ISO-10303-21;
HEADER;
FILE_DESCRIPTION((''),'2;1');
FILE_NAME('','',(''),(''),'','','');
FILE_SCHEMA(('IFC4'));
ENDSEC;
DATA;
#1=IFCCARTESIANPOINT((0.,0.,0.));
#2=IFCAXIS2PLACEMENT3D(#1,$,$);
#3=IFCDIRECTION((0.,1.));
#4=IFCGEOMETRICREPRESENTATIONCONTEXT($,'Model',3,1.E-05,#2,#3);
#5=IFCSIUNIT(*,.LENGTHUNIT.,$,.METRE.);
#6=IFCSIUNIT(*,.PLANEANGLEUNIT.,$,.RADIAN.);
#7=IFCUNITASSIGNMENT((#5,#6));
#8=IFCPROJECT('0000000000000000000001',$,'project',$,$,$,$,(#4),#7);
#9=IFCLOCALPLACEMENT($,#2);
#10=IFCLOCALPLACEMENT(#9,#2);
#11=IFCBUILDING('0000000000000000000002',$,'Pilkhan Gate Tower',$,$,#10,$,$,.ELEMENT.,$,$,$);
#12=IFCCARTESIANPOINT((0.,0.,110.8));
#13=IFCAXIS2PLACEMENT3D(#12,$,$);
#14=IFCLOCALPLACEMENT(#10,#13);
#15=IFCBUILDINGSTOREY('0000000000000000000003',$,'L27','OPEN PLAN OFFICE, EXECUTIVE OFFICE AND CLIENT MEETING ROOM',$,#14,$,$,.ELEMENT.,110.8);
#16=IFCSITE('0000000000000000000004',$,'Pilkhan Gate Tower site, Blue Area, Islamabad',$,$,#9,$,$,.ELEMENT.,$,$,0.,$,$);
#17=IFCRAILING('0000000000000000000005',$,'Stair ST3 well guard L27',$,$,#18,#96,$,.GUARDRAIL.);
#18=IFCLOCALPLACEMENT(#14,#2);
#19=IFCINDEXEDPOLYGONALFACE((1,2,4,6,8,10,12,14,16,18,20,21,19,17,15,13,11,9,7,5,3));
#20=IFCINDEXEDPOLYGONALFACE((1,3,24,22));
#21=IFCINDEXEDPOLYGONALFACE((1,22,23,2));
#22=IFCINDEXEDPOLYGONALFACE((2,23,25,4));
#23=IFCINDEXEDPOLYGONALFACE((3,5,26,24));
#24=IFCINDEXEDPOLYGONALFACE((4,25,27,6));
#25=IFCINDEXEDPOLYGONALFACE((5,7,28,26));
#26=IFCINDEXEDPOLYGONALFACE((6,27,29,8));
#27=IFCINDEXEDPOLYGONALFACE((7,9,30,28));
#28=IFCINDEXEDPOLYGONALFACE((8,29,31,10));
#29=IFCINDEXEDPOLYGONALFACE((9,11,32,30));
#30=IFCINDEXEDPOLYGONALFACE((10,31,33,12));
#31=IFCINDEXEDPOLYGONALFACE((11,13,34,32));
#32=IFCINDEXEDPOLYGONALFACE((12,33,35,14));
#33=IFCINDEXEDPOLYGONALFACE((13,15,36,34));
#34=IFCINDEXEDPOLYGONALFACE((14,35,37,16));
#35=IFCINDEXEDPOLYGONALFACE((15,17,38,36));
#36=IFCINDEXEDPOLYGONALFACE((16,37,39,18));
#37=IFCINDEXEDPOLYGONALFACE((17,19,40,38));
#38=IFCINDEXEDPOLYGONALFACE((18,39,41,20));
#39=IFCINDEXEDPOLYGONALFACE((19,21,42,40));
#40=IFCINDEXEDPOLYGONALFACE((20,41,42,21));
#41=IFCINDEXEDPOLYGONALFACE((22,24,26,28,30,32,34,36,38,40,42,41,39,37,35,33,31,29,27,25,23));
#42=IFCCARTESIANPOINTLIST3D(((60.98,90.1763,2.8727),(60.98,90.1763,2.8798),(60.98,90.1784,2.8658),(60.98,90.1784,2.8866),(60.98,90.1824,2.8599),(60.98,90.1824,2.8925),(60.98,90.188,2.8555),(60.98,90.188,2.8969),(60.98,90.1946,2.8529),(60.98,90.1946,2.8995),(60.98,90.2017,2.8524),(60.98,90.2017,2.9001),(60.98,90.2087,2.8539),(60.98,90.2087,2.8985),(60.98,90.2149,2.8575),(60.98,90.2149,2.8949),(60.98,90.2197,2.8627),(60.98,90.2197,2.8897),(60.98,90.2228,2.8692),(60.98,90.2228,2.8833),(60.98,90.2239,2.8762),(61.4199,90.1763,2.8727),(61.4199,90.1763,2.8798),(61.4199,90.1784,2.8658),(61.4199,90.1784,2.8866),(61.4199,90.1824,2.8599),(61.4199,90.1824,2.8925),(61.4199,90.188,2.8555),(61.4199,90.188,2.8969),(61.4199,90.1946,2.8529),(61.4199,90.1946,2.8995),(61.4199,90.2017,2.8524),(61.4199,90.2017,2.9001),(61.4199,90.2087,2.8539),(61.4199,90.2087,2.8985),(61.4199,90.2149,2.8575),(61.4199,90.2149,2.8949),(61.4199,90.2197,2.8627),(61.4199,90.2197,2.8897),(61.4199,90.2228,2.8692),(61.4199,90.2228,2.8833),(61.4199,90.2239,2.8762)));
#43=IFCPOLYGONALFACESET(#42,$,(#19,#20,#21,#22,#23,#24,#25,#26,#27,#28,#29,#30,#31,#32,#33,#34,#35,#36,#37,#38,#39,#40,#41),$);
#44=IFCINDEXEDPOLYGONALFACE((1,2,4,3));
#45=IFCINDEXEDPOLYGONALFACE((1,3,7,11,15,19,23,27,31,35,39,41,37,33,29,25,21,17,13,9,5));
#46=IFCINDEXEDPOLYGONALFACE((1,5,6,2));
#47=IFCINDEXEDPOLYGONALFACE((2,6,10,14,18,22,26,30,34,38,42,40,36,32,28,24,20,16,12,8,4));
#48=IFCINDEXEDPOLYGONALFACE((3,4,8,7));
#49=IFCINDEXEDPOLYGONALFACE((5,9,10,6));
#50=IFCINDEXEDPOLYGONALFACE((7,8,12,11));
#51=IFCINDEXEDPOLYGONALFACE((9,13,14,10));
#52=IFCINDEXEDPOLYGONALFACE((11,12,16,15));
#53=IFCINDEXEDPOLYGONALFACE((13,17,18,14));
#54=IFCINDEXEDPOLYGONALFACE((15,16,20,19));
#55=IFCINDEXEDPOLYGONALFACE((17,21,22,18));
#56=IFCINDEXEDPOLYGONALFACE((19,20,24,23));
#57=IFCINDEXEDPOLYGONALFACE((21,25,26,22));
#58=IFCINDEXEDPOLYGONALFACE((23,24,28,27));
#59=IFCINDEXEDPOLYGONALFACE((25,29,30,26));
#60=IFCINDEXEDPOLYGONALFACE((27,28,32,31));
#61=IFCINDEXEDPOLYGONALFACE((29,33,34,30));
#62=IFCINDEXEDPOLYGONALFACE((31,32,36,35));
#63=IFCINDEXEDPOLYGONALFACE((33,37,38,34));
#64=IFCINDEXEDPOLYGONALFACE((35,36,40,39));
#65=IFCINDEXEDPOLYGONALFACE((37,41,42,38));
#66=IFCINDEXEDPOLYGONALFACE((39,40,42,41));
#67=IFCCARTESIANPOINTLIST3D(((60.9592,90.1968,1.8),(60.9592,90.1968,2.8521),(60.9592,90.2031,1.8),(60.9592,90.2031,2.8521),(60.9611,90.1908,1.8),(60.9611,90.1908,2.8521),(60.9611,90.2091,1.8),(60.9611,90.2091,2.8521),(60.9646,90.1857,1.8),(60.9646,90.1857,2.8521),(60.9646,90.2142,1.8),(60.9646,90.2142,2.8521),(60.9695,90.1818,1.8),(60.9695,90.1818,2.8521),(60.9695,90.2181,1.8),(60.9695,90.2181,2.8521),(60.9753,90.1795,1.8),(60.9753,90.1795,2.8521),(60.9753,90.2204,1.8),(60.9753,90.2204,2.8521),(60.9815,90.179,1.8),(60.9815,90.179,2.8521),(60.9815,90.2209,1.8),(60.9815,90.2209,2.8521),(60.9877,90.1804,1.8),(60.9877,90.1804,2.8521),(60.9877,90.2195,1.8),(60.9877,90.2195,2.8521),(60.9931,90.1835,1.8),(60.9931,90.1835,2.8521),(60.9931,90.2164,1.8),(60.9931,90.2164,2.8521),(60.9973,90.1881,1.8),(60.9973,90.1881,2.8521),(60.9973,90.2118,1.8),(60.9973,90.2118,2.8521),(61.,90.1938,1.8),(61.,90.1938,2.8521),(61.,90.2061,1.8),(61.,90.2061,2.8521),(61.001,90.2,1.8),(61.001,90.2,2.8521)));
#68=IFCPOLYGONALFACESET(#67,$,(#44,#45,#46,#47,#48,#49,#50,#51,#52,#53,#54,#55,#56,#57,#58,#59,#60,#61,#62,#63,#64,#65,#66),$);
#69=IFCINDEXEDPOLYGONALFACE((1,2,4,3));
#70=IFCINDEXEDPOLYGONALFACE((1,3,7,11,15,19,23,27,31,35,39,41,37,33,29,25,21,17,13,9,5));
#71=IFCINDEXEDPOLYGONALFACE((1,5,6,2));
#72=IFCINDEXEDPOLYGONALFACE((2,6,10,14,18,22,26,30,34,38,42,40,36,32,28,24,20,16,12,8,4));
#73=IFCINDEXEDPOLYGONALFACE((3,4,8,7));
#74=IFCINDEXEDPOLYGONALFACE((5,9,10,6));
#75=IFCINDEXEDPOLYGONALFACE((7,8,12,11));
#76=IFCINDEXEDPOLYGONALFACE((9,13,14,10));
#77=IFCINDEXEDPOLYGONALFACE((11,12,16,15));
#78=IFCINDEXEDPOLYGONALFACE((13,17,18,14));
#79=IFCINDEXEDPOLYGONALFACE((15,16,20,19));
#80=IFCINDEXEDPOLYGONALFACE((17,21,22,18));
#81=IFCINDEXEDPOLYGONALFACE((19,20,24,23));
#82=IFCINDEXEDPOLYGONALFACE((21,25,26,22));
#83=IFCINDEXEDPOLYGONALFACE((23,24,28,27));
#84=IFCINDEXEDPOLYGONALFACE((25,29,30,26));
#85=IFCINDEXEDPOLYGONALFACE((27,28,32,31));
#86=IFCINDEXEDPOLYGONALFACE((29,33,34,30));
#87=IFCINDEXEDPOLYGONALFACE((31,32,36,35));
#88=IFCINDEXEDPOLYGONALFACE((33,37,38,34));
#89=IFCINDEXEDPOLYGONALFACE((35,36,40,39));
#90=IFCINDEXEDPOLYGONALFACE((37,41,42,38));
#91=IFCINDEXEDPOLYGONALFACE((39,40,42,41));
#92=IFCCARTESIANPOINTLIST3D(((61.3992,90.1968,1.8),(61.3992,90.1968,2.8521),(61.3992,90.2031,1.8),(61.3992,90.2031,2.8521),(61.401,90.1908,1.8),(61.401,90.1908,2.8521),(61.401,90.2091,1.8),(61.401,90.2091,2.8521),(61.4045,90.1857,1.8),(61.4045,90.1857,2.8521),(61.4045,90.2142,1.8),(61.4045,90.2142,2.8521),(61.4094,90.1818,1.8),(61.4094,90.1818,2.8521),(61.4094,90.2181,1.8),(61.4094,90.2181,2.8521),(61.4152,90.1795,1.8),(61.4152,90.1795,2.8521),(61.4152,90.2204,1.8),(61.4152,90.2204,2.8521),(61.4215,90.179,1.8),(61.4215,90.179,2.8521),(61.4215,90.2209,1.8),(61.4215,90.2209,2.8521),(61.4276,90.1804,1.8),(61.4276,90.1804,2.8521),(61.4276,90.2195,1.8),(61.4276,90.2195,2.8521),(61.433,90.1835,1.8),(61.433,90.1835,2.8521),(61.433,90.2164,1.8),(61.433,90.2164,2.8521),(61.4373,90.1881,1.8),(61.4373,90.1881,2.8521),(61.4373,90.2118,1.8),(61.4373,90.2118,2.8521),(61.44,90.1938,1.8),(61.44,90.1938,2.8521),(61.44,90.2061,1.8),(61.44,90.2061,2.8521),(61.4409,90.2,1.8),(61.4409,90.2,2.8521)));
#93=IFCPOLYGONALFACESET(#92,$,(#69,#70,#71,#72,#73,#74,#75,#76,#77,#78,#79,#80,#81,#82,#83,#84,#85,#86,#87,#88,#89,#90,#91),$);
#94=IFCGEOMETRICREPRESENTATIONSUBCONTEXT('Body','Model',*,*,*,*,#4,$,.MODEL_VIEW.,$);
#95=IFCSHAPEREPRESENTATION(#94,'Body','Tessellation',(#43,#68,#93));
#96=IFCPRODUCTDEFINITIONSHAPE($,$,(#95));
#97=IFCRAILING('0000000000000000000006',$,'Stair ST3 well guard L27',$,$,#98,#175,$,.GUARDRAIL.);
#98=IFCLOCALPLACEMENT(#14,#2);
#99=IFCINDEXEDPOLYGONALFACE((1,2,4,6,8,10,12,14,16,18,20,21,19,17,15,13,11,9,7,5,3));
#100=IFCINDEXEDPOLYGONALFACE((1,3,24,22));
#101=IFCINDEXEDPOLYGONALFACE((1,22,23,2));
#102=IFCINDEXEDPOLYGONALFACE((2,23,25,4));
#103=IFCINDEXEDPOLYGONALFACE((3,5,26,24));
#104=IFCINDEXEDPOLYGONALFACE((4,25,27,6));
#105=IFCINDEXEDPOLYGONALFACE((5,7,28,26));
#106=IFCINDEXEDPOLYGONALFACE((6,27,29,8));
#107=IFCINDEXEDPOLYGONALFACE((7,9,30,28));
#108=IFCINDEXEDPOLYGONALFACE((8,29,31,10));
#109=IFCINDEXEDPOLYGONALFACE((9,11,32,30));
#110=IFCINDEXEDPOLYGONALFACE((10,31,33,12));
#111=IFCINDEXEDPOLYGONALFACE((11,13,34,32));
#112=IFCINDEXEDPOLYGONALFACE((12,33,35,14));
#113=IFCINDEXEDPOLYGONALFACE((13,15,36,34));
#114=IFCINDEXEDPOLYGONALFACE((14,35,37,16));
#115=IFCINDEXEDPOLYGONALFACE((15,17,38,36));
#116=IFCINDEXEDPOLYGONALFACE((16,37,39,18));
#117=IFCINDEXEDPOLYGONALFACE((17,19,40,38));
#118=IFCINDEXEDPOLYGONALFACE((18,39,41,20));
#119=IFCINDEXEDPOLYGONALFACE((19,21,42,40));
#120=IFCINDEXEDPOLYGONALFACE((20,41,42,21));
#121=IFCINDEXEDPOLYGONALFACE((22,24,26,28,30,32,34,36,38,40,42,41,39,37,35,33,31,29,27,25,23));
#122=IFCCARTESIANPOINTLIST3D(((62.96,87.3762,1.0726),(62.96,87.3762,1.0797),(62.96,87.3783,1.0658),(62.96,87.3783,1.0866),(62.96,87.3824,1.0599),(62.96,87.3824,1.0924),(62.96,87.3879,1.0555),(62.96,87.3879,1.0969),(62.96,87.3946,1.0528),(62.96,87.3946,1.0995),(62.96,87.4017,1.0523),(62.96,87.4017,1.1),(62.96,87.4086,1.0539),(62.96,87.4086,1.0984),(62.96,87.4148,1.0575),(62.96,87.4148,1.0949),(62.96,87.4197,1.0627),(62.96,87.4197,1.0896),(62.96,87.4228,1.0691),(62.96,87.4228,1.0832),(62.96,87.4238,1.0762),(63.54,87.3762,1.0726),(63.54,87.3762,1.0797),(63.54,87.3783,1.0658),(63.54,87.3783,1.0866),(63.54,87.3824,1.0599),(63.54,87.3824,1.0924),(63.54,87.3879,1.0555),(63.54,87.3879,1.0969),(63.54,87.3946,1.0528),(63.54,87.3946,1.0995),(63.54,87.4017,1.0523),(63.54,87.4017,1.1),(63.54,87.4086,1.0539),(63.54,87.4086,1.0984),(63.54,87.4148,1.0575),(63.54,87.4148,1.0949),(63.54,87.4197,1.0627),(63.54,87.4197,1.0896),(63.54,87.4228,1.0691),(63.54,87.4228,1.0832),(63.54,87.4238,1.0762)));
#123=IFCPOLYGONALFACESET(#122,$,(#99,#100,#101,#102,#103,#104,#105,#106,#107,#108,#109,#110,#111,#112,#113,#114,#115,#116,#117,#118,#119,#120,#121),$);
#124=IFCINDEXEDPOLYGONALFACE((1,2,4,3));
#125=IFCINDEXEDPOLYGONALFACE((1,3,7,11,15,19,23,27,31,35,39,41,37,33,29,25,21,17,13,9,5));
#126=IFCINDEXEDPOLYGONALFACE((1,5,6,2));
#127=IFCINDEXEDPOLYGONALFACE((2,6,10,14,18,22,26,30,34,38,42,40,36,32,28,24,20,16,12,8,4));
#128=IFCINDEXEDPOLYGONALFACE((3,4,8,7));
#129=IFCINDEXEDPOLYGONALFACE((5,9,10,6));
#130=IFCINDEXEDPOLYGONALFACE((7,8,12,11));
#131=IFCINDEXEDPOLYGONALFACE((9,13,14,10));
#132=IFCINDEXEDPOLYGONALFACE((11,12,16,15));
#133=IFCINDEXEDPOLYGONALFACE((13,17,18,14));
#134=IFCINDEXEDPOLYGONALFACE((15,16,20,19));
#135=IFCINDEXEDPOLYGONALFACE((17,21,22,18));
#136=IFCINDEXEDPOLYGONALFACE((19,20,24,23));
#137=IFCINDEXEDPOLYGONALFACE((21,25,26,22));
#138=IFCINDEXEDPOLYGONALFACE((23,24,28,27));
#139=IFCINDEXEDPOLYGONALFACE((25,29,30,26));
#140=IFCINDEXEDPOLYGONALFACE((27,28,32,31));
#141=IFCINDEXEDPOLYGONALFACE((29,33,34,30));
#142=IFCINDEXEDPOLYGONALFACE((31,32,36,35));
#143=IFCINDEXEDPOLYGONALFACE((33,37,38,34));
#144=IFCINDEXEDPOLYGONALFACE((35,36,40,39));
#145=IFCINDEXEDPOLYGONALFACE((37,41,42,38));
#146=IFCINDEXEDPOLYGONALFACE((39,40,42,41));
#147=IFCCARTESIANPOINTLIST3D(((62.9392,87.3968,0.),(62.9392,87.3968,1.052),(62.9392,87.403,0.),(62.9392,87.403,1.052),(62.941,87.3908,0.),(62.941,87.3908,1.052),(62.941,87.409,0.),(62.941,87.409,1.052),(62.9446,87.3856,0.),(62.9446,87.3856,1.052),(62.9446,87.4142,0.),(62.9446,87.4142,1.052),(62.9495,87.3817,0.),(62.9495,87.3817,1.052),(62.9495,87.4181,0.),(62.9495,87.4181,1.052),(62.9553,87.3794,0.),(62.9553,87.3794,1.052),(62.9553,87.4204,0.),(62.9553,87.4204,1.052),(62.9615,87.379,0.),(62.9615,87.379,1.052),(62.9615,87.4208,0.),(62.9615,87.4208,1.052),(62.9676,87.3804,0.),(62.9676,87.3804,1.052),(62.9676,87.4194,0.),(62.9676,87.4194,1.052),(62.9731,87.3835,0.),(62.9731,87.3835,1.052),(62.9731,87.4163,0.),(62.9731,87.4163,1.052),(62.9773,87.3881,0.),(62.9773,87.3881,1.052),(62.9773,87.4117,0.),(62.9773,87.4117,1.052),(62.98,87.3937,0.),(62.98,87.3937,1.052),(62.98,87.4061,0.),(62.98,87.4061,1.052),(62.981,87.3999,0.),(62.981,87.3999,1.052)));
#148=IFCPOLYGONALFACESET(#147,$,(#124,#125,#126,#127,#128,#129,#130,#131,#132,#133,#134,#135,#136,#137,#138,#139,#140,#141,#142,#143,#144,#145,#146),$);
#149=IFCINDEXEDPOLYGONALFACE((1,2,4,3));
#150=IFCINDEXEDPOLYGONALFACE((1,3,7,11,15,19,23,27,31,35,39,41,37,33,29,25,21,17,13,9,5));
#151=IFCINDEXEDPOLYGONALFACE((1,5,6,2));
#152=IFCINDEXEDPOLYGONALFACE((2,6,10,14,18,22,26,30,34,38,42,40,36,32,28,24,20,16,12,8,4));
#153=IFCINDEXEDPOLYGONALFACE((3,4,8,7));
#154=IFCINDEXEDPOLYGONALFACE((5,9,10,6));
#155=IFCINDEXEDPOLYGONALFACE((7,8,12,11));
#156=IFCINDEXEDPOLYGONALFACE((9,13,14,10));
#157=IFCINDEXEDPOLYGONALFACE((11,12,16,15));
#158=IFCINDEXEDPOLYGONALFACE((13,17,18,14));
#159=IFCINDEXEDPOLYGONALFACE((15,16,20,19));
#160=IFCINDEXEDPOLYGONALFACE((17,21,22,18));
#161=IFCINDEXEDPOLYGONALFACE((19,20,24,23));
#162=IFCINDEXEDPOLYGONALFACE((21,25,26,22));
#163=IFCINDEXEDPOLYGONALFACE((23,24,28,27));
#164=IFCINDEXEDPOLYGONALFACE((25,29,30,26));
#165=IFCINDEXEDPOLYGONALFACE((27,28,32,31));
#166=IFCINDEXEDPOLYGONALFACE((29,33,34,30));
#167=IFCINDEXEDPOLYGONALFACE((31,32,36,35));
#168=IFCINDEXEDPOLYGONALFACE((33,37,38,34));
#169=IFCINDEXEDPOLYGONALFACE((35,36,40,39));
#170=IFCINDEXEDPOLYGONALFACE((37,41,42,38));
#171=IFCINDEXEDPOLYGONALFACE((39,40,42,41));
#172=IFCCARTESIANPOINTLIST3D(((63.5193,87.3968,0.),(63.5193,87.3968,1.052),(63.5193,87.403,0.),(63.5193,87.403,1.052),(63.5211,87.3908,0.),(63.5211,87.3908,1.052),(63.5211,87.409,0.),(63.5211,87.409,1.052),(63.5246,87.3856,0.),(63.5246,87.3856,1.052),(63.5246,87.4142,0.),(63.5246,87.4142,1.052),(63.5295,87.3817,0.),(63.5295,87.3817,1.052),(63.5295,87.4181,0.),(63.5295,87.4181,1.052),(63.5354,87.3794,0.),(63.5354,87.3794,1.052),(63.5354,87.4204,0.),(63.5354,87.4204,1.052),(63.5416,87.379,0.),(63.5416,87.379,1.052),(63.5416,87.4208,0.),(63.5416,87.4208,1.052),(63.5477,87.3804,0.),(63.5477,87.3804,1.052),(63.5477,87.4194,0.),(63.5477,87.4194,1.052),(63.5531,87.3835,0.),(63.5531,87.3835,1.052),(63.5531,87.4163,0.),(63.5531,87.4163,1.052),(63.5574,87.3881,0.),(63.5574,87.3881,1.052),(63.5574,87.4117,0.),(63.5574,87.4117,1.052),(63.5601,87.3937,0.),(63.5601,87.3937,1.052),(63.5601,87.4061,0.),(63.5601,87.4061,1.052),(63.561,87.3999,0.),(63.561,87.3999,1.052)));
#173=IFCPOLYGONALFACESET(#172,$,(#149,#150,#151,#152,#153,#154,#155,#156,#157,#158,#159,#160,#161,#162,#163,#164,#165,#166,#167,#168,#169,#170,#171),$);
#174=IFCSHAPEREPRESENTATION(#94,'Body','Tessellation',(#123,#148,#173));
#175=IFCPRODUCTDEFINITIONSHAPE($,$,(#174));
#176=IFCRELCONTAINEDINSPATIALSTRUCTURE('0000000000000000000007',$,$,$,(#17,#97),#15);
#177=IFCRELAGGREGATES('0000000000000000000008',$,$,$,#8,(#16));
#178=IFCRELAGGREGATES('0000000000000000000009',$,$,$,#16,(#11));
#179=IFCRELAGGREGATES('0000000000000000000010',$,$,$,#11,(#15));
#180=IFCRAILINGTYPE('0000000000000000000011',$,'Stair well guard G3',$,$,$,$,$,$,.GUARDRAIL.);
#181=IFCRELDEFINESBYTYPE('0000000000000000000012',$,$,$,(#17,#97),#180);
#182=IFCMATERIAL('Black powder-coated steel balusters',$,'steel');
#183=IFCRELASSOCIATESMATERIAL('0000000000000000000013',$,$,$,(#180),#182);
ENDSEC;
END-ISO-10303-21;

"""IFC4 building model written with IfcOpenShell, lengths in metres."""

from ifc_helpers import new_model, si_unit, direction, frame, origin, origin_2d, place, context, subcontext, project, spatial, circle, extrude, material, type_object, element, save


model = new_model("IFC4")

# Units and contexts
model_context = context("Model", 3, precision=1e-05, world=origin(), true_north=direction((0.0, 1.0)))
body_context = subcontext(model_context, "Body", "Model", "MODEL_VIEW")
ifc_project = project(units=[si_unit("LENGTHUNIT", "METRE"), si_unit("PLANEANGLEUNIT", "RADIAN")], contexts=[model_context])

# Site, building, storey
site_placement = place(None, origin())
site = spatial("IfcSite", under=ifc_project, at=site_placement, Name="Pilkhan Gate Tower site, Blue Area, Islamabad", CompositionType="ELEMENT", RefElevation=0.0)
building_placement = place(site_placement, origin())
building = spatial("IfcBuilding", under=site, at=building_placement, Name="Pilkhan Gate Tower", CompositionType="ELEMENT")
storey_placement = place(building_placement, frame((0.0, 0.0, 110.8)))
storey = spatial("IfcBuildingStorey", under=building, at=storey_placement, Name="L27", Description="OPEN PLAN OFFICE, EXECUTIVE OFFICE AND CLIENT MEETING ROOM", CompositionType="ELEMENT", Elevation=110.8)

# Railings
ifc_material_1 = material(Name="Black powder-coated steel balusters", Category="steel")
railing_type_1 = type_object("IfcRailingType", Name="Stair well guard G3", PredefinedType="GUARDRAIL", material=ifc_material_1)
railing_1_placement = place(storey_placement, frame((60.98, 90.2, 1.8)))
element("IfcRailing", 1, at=railing_1_placement, inside=storey, type_object=railing_type_1, Name="Stair ST3 well guard L27", PredefinedType="GUARDRAIL", context=body_context, shape_type="SweptSolid", body=[
    extrude(circle(Radius=0.0239, at=origin_2d()), frame((0.0, 0.0, 1.0762), z_axis=(1.0, 0.0, 0.0), x_axis=(0.0, 1.0, 0.0)), (0.0, 0.0, 1.0), 0.4399),
    extrude(circle(Radius=0.021, at=origin_2d()), origin(), (0.0, 0.0, 1.0), 1.052),
    extrude(circle(Radius=0.021, at=origin_2d()), frame((0.4399, 0.0, 0.0)), (0.0, 0.0, 1.0), 1.052),
])
for number, where, name in (
    (2, (62.96, 87.3999, 0.0), "Stair ST3 well guard L27"),
):
    element("IfcRailing", number, at=place(storey_placement, frame(where)), inside=storey, type_object=railing_type_1, Name=name, PredefinedType="GUARDRAIL", context=body_context, shape_type="SweptSolid", body=[
        extrude(circle(Radius=0.0239, at=origin_2d()), frame((0.0, 0.0, 1.0762), z_axis=(1.0, 0.0, 0.0), x_axis=(0.0, 1.0, 0.0)), (0.0, 0.0, 1.0), 0.5801),
        extrude(circle(Radius=0.021, at=origin_2d()), origin(), (0.0, 0.0, 1.0), 1.052),
        extrude(circle(Radius=0.021, at=origin_2d()), frame((0.5801, 0.0, 0.0)), (0.0, 0.0, 1.0), 1.052),
    ])

save(model, "model.ifc")
